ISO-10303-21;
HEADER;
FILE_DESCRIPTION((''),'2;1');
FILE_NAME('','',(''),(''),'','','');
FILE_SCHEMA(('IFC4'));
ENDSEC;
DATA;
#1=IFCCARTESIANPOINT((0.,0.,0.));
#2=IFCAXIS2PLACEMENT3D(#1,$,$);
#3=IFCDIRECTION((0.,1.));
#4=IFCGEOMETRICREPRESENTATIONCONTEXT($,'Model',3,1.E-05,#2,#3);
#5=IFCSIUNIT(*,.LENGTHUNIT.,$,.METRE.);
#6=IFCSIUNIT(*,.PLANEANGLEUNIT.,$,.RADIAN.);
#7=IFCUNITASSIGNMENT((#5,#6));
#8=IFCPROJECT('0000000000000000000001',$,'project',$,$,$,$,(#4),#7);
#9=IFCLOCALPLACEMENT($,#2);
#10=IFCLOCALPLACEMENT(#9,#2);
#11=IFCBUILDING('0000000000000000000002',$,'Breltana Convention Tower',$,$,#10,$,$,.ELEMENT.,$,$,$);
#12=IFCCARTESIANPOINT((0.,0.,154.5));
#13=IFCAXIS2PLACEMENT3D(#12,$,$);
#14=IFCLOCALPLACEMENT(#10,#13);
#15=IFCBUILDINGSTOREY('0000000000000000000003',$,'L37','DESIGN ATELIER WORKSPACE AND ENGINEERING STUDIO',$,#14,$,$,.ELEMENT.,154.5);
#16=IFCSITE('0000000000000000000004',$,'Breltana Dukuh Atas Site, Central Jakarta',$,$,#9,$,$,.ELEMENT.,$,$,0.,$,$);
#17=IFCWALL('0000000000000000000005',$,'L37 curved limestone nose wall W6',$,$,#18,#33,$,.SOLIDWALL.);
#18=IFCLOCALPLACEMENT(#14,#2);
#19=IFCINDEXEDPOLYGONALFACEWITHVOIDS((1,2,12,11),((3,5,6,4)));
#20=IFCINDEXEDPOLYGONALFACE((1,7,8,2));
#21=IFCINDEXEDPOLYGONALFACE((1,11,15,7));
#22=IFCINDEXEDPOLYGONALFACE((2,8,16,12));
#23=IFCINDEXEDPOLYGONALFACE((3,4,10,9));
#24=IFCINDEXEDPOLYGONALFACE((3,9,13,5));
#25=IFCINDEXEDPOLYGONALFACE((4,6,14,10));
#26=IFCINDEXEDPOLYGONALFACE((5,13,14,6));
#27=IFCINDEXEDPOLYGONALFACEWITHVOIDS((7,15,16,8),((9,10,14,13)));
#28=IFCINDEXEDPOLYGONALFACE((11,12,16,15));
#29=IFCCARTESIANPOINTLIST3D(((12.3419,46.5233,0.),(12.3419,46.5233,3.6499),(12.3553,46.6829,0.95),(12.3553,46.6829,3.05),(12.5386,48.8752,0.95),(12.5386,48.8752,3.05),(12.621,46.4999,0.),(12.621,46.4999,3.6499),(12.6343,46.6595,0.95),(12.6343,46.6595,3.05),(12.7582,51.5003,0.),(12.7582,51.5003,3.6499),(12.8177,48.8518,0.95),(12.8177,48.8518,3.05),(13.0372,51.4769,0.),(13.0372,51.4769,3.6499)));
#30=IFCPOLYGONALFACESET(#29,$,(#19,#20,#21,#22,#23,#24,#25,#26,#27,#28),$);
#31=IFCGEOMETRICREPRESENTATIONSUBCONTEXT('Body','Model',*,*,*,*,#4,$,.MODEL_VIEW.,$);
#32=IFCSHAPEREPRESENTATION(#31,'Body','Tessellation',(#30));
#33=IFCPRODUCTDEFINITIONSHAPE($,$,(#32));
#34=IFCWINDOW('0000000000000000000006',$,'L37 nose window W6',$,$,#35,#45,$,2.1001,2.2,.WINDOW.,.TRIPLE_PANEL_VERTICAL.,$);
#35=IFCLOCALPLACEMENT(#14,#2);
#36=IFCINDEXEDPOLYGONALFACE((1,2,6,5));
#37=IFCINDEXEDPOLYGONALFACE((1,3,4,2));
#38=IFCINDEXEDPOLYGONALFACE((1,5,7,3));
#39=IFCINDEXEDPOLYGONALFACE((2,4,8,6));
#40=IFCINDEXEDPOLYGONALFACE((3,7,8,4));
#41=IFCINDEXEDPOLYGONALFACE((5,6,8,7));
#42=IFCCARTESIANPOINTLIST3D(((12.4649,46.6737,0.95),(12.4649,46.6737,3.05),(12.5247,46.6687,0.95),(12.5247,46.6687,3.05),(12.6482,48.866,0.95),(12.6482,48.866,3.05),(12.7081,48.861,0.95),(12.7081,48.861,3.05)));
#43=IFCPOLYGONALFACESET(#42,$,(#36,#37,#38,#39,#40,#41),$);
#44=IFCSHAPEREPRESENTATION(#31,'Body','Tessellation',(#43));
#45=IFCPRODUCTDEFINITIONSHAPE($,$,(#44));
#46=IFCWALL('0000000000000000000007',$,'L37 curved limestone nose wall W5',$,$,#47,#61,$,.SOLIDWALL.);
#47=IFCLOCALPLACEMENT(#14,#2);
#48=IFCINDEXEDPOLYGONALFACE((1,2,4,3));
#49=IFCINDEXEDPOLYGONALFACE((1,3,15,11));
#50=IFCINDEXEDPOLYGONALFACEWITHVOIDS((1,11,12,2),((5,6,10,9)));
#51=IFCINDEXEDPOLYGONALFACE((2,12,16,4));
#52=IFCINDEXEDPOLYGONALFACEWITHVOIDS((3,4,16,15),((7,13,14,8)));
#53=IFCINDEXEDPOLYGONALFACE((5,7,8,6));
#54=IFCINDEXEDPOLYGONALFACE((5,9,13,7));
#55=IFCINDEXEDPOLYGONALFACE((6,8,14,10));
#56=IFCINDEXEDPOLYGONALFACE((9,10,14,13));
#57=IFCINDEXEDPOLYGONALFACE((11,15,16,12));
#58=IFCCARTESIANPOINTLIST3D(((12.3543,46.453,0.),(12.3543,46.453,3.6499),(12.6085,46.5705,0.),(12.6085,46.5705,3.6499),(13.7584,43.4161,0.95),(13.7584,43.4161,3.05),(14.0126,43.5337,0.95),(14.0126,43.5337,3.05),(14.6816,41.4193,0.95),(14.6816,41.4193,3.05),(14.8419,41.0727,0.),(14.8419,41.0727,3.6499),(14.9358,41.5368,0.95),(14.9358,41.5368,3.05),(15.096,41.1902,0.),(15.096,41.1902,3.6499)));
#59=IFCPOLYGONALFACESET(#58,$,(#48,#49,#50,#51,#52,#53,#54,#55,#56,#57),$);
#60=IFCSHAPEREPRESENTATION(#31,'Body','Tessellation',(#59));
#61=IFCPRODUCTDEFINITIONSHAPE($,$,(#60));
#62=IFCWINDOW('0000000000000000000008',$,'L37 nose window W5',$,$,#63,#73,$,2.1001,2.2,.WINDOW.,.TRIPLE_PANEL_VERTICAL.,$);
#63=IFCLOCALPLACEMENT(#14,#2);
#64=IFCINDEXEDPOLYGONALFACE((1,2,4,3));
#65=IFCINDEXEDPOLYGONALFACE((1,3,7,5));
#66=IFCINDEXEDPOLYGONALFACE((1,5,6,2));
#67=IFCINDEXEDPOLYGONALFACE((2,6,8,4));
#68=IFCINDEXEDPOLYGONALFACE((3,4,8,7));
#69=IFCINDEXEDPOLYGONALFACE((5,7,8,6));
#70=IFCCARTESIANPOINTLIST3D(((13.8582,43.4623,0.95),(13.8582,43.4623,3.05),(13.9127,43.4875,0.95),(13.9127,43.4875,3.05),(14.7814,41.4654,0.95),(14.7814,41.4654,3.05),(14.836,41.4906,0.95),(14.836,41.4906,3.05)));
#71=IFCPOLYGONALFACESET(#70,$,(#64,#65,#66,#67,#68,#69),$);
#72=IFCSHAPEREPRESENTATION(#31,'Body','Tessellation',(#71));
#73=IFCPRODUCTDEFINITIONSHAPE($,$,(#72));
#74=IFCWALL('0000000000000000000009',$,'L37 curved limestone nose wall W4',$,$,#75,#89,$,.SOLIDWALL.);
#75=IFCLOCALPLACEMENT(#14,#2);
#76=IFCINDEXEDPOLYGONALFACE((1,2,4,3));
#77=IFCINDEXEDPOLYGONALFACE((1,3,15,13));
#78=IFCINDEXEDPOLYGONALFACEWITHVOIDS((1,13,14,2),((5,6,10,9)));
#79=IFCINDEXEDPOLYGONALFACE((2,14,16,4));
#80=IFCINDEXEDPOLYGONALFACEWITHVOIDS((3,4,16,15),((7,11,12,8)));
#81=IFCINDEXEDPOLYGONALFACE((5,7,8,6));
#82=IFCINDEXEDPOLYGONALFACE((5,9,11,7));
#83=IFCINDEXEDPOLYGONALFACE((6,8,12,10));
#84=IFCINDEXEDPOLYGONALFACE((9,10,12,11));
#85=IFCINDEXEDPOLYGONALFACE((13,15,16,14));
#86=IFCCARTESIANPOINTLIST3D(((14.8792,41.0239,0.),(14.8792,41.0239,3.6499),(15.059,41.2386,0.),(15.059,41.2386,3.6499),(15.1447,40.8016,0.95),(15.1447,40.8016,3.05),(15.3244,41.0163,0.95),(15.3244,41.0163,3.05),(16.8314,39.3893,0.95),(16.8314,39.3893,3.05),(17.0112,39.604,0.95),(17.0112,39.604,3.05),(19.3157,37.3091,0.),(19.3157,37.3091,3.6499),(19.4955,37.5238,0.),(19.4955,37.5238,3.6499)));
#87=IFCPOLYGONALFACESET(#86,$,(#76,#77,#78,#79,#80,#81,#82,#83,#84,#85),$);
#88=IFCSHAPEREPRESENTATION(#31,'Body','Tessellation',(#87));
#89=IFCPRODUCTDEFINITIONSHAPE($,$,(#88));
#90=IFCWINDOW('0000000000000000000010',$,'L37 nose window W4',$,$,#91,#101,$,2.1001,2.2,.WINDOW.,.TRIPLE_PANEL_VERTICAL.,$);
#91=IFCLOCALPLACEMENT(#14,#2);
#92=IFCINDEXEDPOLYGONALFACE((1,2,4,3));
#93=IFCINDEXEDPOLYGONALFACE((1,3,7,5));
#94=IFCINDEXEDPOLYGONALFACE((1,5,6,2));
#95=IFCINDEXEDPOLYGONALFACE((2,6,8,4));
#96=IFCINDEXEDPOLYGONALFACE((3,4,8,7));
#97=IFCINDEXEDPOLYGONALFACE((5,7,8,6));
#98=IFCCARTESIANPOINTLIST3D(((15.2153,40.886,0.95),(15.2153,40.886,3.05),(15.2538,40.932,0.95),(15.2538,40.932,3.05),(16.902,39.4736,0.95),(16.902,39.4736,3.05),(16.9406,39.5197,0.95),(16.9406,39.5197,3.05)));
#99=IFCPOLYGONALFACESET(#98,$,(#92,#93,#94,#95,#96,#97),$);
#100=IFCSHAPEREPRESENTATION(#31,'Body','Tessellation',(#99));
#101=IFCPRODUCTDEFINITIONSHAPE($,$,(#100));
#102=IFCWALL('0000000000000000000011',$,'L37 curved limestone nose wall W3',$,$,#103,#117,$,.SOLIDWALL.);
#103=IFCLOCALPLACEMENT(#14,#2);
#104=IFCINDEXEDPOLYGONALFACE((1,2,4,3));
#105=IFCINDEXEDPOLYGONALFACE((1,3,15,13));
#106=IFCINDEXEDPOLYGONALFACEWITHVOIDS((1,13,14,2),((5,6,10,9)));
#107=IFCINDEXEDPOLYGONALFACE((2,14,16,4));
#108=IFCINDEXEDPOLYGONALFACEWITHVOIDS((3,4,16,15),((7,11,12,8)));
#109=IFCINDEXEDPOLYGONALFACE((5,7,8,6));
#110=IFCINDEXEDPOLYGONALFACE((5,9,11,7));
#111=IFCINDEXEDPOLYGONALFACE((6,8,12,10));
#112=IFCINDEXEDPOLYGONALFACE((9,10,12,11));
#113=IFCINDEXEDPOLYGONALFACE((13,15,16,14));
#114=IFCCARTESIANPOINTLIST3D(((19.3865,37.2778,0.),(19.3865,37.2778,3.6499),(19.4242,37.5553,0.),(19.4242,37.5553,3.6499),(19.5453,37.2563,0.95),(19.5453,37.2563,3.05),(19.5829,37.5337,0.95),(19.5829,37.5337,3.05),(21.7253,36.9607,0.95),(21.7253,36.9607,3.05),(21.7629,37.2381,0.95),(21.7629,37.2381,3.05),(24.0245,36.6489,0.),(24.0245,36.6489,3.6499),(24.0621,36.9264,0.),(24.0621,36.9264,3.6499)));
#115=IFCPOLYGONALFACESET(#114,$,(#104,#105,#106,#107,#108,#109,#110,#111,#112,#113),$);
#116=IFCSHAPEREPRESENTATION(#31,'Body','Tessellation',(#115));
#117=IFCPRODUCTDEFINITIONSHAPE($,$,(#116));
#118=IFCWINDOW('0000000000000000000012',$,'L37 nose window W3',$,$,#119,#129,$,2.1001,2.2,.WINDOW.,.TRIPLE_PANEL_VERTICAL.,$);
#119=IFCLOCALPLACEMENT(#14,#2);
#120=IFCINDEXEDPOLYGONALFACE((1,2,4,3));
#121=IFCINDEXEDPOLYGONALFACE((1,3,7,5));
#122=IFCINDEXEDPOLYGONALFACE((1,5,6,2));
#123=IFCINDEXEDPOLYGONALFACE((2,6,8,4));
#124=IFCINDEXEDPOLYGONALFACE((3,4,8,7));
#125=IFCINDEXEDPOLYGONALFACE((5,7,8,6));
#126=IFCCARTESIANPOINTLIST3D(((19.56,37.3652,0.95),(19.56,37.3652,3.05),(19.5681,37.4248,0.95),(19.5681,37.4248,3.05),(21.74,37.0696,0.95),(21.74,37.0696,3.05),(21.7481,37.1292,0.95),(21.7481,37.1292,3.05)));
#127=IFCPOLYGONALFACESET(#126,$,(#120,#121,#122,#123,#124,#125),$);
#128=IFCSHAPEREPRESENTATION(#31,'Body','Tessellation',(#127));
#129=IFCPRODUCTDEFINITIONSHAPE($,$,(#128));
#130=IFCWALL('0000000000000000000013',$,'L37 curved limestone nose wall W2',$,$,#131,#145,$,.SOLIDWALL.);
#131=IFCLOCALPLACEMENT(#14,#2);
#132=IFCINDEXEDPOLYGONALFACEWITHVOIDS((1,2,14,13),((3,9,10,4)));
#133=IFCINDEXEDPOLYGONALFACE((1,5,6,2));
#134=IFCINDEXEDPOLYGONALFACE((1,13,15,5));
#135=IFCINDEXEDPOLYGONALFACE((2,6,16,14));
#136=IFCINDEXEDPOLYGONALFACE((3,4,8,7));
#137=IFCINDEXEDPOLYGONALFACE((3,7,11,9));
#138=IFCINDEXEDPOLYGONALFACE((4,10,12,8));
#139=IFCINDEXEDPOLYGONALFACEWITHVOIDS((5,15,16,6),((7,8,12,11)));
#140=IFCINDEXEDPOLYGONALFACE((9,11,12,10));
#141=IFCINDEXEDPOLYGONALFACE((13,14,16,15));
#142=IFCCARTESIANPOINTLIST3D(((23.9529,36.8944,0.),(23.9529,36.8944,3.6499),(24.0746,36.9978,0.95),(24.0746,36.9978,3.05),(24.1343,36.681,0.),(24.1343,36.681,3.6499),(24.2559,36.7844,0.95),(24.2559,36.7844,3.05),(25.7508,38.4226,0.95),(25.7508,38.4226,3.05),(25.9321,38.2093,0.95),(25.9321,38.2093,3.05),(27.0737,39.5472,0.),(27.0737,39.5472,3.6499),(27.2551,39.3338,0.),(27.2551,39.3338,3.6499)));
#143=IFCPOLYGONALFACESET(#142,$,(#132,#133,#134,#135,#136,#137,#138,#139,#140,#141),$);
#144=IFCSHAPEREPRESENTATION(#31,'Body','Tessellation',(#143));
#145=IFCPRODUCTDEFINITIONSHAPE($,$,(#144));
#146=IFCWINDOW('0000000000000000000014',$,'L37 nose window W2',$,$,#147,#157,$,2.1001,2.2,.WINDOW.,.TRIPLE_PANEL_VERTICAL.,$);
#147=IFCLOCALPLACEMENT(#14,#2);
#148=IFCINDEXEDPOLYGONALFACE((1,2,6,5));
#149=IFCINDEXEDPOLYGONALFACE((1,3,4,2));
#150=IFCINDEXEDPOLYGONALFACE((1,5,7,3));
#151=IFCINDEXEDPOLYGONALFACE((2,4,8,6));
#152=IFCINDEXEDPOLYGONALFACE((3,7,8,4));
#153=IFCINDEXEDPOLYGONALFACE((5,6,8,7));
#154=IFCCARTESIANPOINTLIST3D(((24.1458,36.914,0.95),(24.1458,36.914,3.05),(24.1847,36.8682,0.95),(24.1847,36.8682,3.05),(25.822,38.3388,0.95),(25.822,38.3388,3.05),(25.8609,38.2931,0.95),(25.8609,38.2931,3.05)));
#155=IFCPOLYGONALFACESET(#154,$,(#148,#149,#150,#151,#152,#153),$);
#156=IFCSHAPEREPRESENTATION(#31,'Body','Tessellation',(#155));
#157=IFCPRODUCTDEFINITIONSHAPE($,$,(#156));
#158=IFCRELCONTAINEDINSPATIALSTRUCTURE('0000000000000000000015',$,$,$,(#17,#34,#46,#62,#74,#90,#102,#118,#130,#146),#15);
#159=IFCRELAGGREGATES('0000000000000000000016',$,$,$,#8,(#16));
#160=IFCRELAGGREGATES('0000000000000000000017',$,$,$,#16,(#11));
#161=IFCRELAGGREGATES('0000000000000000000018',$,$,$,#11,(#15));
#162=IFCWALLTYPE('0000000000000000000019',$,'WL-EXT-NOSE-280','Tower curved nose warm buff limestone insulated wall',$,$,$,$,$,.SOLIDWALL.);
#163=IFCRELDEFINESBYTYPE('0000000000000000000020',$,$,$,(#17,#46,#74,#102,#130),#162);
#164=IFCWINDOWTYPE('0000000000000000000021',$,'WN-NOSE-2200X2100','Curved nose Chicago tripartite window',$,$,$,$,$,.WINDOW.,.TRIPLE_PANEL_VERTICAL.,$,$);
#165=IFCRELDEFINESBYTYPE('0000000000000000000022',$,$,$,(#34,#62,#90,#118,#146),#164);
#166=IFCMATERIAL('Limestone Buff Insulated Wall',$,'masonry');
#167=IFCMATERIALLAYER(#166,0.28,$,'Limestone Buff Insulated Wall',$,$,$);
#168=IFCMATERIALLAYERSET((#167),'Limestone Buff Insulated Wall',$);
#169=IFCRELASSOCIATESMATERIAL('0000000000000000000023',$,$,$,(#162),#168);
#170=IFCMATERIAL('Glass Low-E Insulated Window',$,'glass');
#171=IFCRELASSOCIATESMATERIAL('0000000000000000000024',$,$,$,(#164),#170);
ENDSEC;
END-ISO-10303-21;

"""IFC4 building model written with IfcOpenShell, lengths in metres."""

from ifc_helpers import new_model, si_unit, direction, frame, frame_2d, origin, place, context, subcontext, project, spatial, rectangle, extrude, source, transform, mapped, material, layer, layer_set, type_object, type_shapes, element, fill, save


model = new_model("IFC4")

# Units and contexts
model_context = context("Model", 3, precision=1e-05, world=origin(), true_north=direction((0.0, 1.0)))
body_context = subcontext(model_context, "Body", "Model", "MODEL_VIEW")
ifc_project = project(units=[si_unit("LENGTHUNIT", "METRE"), si_unit("PLANEANGLEUNIT", "RADIAN")], contexts=[model_context])

# Site, building, storey
site_placement = place(None, origin())
site = spatial("IfcSite", under=ifc_project, at=site_placement, Name="Breltana Dukuh Atas Site, Central Jakarta", CompositionType="ELEMENT", RefElevation=0.0)
building_placement = place(site_placement, origin())
building = spatial("IfcBuilding", under=site, at=building_placement, Name="Breltana Convention Tower", CompositionType="ELEMENT")
storey_placement = place(building_placement, frame((0.0, 0.0, 154.5)))
storey = spatial("IfcBuildingStorey", under=building, at=storey_placement, Name="L37", Description="DESIGN ATELIER WORKSPACE AND ENGINEERING STUDIO", CompositionType="ELEMENT", Elevation=154.5)

# Walls, openings, windows
ifc_material_1 = material(Name="Limestone Buff Insulated Wall", Category="masonry")
ifc_layer_1 = layer(ifc_material_1, 0.28, Name="Limestone Buff Insulated Wall")
ifc_layer_set_1 = layer_set([ifc_layer_1], Name="Limestone Buff Insulated Wall")
wall_type = type_object("IfcWallType", Name="WL-EXT-NOSE-280", Description="Tower curved nose warm buff limestone insulated wall", PredefinedType="SOLIDWALL", material=ifc_layer_set_1)
shared_shape_1 = source(origin(), body_context, "Body", "SweptSolid", [
    extrude(rectangle(XDim=4.9944, YDim=0.28, at=frame_2d((2.4971, 0.0))), origin(), (0.0, 0.0, 1.0), 3.6499),
])
wall_1_placement = place(storey_placement, frame((12.4814, 46.5117, 0.0), z_axis=(0.0, 0.0, 1.0), x_axis=(0.083345, 0.996521, 0.0)))
wall_1 = element("IfcWall", 1, at=wall_1_placement, inside=storey, type_object=wall_type, Name="L37 curved limestone nose wall W6", PredefinedType="SOLIDWALL", context=body_context, shape_type="MappedRepresentation", body=[
    mapped(shared_shape_1, transform((0.0, 0.0, 0.0), scale=1.0)),
])
opening_1_placement = place(wall_1_placement, frame((0.1599, 0.0, 0.95)))
opening_1 = element("IfcOpeningElement", 2, at=opening_1_placement, cuts=wall_1, PredefinedType="OPENING", context=body_context, shape_type="SweptSolid", body=[
    extrude(rectangle(XDim=2.2, YDim=2.1001, at=frame_2d((1.1001, 1.05))), frame((0.0, 0.1499, 0.0), z_axis=(0.0, -1.0, 0.0), x_axis=(1.0, 0.0, 0.0)), (0.0, 0.0, 1.0), 0.3),
])
ifc_material_2 = material(Name="Glass Low-E Insulated Window", Category="glass")
window_type_1 = type_object("IfcWindowType", Name="WN-NOSE-2200X2100", Description="Curved nose Chicago tripartite window", PartitioningType="TRIPLE_PANEL_VERTICAL", PredefinedType="WINDOW", material=ifc_material_2)
shared_shape_2 = source(origin(), body_context, "Body", "SweptSolid", [
    extrude(rectangle(XDim=2.2, YDim=2.1001, at=frame_2d((1.1001, 1.05))), frame((0.0, 0.03, 0.0), z_axis=(0.0, -1.0, 0.0), x_axis=(1.0, 0.0, 0.0)), (0.0, 0.0, 1.0), 0.0601),
])
type_shapes(window_type_1, [shared_shape_2])
window_1_placement = place(opening_1_placement, origin())
window_1 = element("IfcWindow", 3, at=window_1_placement, inside=storey, type_object=window_type_1, Name="L37 nose window W6", OverallHeight=2.1001, OverallWidth=2.2, PartitioningType="TRIPLE_PANEL_VERTICAL", PredefinedType="WINDOW", context=body_context, shape_type="MappedRepresentation", body=[
    mapped(shared_shape_2, transform((0.0, 0.0, 0.0), scale=1.0)),
])
fill(opening_1, window_1)
shared_shape_3 = source(origin(), body_context, "Body", "SweptSolid", [
    extrude(rectangle(XDim=5.9275, YDim=0.28, at=frame_2d((2.9639, 0.0))), origin(), (0.0, 0.0, 1.0), 3.6499),
])
wall_2_placement = place(storey_placement, frame((14.969, 41.1313, 0.0), z_axis=(0.0, 0.0, 1.0), x_axis=(-0.419656, 0.907683, 0.0)))
wall_2 = element("IfcWall", 4, at=wall_2_placement, inside=storey, type_object=wall_type, Name="L37 curved limestone nose wall W5", PredefinedType="SOLIDWALL", context=body_context, shape_type="MappedRepresentation", body=[
    mapped(shared_shape_3, transform((0.0, 0.0, 0.0), scale=1.0)),
])
opening_2_placement = place(wall_2_placement, frame((0.3818, 0.0, 0.95)))
opening_2 = element("IfcOpeningElement", 5, at=opening_2_placement, cuts=wall_2, PredefinedType="OPENING", context=body_context, shape_type="SweptSolid", body=[
    extrude(rectangle(XDim=2.2, YDim=2.1001, at=frame_2d((1.1001, 1.05))), frame((0.0, 0.1499, 0.0), z_axis=(0.0, -1.0, 0.0), x_axis=(1.0, 0.0, 0.0)), (0.0, 0.0, 1.0), 0.3),
])
window_2_placement = place(opening_2_placement, origin())
window_2 = element("IfcWindow", 6, at=window_2_placement, inside=storey, type_object=window_type_1, Name="L37 nose window W5", OverallHeight=2.1001, OverallWidth=2.2, PartitioningType="TRIPLE_PANEL_VERTICAL", PredefinedType="WINDOW", context=body_context, shape_type="MappedRepresentation", body=[
    mapped(shared_shape_2, transform((0.0, 0.0, 0.0), scale=1.0)),
])
fill(opening_2, window_2)
shared_shape_4 = source(origin(), body_context, "Body", "SweptSolid", [
    extrude(rectangle(XDim=5.7864, YDim=0.28, at=frame_2d((2.8931, 0.0))), origin(), (0.0, 0.0, 1.0), 3.6499),
])
wall_3_placement = place(storey_placement, frame((19.4055, 37.4165, 0.0), z_axis=(0.0, 0.0, 1.0), x_axis=(-0.766711, 0.641992, 0.0)))
wall_3 = element("IfcWall", 7, at=wall_3_placement, inside=storey, type_object=wall_type, Name="L37 curved limestone nose wall W4", PredefinedType="SOLIDWALL", context=body_context, shape_type="MappedRepresentation", body=[
    mapped(shared_shape_4, transform((0.0, 0.0, 0.0), scale=1.0)),
])
opening_3_placement = place(wall_3_placement, frame((3.24, 0.0, 0.95)))
opening_3 = element("IfcOpeningElement", 8, at=opening_3_placement, cuts=wall_3, PredefinedType="OPENING", context=body_context, shape_type="SweptSolid", body=[
    extrude(rectangle(XDim=2.2, YDim=2.1001, at=frame_2d((1.1001, 1.05))), frame((0.0, 0.1499, 0.0), z_axis=(0.0, -1.0, 0.0), x_axis=(1.0, 0.0, 0.0)), (0.0, 0.0, 1.0), 0.3),
])
window_3_placement = place(opening_3_placement, origin())
window_3 = element("IfcWindow", 9, at=window_3_placement, inside=storey, type_object=window_type_1, Name="L37 nose window W4", OverallHeight=2.1001, OverallWidth=2.2, PartitioningType="TRIPLE_PANEL_VERTICAL", PredefinedType="WINDOW", context=body_context, shape_type="MappedRepresentation", body=[
    mapped(shared_shape_2, transform((0.0, 0.0, 0.0), scale=1.0)),
])
fill(opening_3, window_3)
shared_shape_5 = source(origin(), body_context, "Body", "SweptSolid", [
    extrude(rectangle(XDim=4.6804, YDim=0.28, at=frame_2d((2.3403, 0.0))), origin(), (0.0, 0.0, 1.0), 3.6499),
])
wall_4_placement = place(storey_placement, frame((24.0435, 36.7876, 0.0), z_axis=(0.0, 0.0, 1.0), x_axis=(-0.990931, 0.134371, 0.0)))
wall_4 = element("IfcWall", 10, at=wall_4_placement, inside=storey, type_object=wall_type, Name="L37 curved limestone nose wall W3", PredefinedType="SOLIDWALL", context=body_context, shape_type="MappedRepresentation", body=[
    mapped(shared_shape_5, transform((0.0, 0.0, 0.0), scale=1.0)),
])
opening_4_placement = place(wall_4_placement, frame((2.3203, 0.0, 0.95)))
opening_4 = element("IfcOpeningElement", 11, at=opening_4_placement, cuts=wall_4, PredefinedType="OPENING", context=body_context, shape_type="SweptSolid", body=[
    extrude(rectangle(XDim=2.2, YDim=2.1001, at=frame_2d((1.1001, 1.05))), frame((0.0, 0.1499, 0.0), z_axis=(0.0, -1.0, 0.0), x_axis=(1.0, 0.0, 0.0)), (0.0, 0.0, 1.0), 0.3),
])
window_4_placement = place(opening_4_placement, origin())
window_4 = element("IfcWindow", 12, at=window_4_placement, inside=storey, type_object=window_type_1, Name="L37 nose window W3", OverallHeight=2.1001, OverallWidth=2.2, PartitioningType="TRIPLE_PANEL_VERTICAL", PredefinedType="WINDOW", context=body_context, shape_type="MappedRepresentation", body=[
    mapped(shared_shape_2, transform((0.0, 0.0, 0.0), scale=1.0)),
])
fill(opening_4, window_4)
shared_shape_6 = source(origin(), body_context, "Body", "SweptSolid", [
    extrude(rectangle(XDim=4.0959, YDim=0.28, at=frame_2d((2.0479, 0.0))), origin(), (0.0, 0.0, 1.0), 3.6499),
])
wall_5_placement = place(storey_placement, frame((27.1643, 39.4404, 0.0), z_axis=(0.0, 0.0, 1.0), x_axis=(-0.761926, -0.647664, 0.0)))
wall_5 = element("IfcWall", 13, at=wall_5_placement, inside=storey, type_object=wall_type, Name="L37 curved limestone nose wall W2", PredefinedType="SOLIDWALL", context=body_context, shape_type="MappedRepresentation", body=[
    mapped(shared_shape_6, transform((0.0, 0.0, 0.0), scale=1.0)),
])
opening_5_placement = place(wall_5_placement, frame((1.7361, 0.0, 0.95)))
opening_5 = element("IfcOpeningElement", 14, at=opening_5_placement, cuts=wall_5, PredefinedType="OPENING", context=body_context, shape_type="SweptSolid", body=[
    extrude(rectangle(XDim=2.2, YDim=2.1001, at=frame_2d((1.1001, 1.05))), frame((0.0, 0.1499, 0.0), z_axis=(0.0, -1.0, 0.0), x_axis=(1.0, 0.0, 0.0)), (0.0, 0.0, 1.0), 0.3),
])
window_5_placement = place(opening_5_placement, origin())
window_5 = element("IfcWindow", 15, at=window_5_placement, inside=storey, type_object=window_type_1, Name="L37 nose window W2", OverallHeight=2.1001, OverallWidth=2.2, PartitioningType="TRIPLE_PANEL_VERTICAL", PredefinedType="WINDOW", context=body_context, shape_type="MappedRepresentation", body=[
    mapped(shared_shape_2, transform((0.0, 0.0, 0.0), scale=1.0)),
])
fill(opening_5, window_5)

save(model, "model.ifc")
